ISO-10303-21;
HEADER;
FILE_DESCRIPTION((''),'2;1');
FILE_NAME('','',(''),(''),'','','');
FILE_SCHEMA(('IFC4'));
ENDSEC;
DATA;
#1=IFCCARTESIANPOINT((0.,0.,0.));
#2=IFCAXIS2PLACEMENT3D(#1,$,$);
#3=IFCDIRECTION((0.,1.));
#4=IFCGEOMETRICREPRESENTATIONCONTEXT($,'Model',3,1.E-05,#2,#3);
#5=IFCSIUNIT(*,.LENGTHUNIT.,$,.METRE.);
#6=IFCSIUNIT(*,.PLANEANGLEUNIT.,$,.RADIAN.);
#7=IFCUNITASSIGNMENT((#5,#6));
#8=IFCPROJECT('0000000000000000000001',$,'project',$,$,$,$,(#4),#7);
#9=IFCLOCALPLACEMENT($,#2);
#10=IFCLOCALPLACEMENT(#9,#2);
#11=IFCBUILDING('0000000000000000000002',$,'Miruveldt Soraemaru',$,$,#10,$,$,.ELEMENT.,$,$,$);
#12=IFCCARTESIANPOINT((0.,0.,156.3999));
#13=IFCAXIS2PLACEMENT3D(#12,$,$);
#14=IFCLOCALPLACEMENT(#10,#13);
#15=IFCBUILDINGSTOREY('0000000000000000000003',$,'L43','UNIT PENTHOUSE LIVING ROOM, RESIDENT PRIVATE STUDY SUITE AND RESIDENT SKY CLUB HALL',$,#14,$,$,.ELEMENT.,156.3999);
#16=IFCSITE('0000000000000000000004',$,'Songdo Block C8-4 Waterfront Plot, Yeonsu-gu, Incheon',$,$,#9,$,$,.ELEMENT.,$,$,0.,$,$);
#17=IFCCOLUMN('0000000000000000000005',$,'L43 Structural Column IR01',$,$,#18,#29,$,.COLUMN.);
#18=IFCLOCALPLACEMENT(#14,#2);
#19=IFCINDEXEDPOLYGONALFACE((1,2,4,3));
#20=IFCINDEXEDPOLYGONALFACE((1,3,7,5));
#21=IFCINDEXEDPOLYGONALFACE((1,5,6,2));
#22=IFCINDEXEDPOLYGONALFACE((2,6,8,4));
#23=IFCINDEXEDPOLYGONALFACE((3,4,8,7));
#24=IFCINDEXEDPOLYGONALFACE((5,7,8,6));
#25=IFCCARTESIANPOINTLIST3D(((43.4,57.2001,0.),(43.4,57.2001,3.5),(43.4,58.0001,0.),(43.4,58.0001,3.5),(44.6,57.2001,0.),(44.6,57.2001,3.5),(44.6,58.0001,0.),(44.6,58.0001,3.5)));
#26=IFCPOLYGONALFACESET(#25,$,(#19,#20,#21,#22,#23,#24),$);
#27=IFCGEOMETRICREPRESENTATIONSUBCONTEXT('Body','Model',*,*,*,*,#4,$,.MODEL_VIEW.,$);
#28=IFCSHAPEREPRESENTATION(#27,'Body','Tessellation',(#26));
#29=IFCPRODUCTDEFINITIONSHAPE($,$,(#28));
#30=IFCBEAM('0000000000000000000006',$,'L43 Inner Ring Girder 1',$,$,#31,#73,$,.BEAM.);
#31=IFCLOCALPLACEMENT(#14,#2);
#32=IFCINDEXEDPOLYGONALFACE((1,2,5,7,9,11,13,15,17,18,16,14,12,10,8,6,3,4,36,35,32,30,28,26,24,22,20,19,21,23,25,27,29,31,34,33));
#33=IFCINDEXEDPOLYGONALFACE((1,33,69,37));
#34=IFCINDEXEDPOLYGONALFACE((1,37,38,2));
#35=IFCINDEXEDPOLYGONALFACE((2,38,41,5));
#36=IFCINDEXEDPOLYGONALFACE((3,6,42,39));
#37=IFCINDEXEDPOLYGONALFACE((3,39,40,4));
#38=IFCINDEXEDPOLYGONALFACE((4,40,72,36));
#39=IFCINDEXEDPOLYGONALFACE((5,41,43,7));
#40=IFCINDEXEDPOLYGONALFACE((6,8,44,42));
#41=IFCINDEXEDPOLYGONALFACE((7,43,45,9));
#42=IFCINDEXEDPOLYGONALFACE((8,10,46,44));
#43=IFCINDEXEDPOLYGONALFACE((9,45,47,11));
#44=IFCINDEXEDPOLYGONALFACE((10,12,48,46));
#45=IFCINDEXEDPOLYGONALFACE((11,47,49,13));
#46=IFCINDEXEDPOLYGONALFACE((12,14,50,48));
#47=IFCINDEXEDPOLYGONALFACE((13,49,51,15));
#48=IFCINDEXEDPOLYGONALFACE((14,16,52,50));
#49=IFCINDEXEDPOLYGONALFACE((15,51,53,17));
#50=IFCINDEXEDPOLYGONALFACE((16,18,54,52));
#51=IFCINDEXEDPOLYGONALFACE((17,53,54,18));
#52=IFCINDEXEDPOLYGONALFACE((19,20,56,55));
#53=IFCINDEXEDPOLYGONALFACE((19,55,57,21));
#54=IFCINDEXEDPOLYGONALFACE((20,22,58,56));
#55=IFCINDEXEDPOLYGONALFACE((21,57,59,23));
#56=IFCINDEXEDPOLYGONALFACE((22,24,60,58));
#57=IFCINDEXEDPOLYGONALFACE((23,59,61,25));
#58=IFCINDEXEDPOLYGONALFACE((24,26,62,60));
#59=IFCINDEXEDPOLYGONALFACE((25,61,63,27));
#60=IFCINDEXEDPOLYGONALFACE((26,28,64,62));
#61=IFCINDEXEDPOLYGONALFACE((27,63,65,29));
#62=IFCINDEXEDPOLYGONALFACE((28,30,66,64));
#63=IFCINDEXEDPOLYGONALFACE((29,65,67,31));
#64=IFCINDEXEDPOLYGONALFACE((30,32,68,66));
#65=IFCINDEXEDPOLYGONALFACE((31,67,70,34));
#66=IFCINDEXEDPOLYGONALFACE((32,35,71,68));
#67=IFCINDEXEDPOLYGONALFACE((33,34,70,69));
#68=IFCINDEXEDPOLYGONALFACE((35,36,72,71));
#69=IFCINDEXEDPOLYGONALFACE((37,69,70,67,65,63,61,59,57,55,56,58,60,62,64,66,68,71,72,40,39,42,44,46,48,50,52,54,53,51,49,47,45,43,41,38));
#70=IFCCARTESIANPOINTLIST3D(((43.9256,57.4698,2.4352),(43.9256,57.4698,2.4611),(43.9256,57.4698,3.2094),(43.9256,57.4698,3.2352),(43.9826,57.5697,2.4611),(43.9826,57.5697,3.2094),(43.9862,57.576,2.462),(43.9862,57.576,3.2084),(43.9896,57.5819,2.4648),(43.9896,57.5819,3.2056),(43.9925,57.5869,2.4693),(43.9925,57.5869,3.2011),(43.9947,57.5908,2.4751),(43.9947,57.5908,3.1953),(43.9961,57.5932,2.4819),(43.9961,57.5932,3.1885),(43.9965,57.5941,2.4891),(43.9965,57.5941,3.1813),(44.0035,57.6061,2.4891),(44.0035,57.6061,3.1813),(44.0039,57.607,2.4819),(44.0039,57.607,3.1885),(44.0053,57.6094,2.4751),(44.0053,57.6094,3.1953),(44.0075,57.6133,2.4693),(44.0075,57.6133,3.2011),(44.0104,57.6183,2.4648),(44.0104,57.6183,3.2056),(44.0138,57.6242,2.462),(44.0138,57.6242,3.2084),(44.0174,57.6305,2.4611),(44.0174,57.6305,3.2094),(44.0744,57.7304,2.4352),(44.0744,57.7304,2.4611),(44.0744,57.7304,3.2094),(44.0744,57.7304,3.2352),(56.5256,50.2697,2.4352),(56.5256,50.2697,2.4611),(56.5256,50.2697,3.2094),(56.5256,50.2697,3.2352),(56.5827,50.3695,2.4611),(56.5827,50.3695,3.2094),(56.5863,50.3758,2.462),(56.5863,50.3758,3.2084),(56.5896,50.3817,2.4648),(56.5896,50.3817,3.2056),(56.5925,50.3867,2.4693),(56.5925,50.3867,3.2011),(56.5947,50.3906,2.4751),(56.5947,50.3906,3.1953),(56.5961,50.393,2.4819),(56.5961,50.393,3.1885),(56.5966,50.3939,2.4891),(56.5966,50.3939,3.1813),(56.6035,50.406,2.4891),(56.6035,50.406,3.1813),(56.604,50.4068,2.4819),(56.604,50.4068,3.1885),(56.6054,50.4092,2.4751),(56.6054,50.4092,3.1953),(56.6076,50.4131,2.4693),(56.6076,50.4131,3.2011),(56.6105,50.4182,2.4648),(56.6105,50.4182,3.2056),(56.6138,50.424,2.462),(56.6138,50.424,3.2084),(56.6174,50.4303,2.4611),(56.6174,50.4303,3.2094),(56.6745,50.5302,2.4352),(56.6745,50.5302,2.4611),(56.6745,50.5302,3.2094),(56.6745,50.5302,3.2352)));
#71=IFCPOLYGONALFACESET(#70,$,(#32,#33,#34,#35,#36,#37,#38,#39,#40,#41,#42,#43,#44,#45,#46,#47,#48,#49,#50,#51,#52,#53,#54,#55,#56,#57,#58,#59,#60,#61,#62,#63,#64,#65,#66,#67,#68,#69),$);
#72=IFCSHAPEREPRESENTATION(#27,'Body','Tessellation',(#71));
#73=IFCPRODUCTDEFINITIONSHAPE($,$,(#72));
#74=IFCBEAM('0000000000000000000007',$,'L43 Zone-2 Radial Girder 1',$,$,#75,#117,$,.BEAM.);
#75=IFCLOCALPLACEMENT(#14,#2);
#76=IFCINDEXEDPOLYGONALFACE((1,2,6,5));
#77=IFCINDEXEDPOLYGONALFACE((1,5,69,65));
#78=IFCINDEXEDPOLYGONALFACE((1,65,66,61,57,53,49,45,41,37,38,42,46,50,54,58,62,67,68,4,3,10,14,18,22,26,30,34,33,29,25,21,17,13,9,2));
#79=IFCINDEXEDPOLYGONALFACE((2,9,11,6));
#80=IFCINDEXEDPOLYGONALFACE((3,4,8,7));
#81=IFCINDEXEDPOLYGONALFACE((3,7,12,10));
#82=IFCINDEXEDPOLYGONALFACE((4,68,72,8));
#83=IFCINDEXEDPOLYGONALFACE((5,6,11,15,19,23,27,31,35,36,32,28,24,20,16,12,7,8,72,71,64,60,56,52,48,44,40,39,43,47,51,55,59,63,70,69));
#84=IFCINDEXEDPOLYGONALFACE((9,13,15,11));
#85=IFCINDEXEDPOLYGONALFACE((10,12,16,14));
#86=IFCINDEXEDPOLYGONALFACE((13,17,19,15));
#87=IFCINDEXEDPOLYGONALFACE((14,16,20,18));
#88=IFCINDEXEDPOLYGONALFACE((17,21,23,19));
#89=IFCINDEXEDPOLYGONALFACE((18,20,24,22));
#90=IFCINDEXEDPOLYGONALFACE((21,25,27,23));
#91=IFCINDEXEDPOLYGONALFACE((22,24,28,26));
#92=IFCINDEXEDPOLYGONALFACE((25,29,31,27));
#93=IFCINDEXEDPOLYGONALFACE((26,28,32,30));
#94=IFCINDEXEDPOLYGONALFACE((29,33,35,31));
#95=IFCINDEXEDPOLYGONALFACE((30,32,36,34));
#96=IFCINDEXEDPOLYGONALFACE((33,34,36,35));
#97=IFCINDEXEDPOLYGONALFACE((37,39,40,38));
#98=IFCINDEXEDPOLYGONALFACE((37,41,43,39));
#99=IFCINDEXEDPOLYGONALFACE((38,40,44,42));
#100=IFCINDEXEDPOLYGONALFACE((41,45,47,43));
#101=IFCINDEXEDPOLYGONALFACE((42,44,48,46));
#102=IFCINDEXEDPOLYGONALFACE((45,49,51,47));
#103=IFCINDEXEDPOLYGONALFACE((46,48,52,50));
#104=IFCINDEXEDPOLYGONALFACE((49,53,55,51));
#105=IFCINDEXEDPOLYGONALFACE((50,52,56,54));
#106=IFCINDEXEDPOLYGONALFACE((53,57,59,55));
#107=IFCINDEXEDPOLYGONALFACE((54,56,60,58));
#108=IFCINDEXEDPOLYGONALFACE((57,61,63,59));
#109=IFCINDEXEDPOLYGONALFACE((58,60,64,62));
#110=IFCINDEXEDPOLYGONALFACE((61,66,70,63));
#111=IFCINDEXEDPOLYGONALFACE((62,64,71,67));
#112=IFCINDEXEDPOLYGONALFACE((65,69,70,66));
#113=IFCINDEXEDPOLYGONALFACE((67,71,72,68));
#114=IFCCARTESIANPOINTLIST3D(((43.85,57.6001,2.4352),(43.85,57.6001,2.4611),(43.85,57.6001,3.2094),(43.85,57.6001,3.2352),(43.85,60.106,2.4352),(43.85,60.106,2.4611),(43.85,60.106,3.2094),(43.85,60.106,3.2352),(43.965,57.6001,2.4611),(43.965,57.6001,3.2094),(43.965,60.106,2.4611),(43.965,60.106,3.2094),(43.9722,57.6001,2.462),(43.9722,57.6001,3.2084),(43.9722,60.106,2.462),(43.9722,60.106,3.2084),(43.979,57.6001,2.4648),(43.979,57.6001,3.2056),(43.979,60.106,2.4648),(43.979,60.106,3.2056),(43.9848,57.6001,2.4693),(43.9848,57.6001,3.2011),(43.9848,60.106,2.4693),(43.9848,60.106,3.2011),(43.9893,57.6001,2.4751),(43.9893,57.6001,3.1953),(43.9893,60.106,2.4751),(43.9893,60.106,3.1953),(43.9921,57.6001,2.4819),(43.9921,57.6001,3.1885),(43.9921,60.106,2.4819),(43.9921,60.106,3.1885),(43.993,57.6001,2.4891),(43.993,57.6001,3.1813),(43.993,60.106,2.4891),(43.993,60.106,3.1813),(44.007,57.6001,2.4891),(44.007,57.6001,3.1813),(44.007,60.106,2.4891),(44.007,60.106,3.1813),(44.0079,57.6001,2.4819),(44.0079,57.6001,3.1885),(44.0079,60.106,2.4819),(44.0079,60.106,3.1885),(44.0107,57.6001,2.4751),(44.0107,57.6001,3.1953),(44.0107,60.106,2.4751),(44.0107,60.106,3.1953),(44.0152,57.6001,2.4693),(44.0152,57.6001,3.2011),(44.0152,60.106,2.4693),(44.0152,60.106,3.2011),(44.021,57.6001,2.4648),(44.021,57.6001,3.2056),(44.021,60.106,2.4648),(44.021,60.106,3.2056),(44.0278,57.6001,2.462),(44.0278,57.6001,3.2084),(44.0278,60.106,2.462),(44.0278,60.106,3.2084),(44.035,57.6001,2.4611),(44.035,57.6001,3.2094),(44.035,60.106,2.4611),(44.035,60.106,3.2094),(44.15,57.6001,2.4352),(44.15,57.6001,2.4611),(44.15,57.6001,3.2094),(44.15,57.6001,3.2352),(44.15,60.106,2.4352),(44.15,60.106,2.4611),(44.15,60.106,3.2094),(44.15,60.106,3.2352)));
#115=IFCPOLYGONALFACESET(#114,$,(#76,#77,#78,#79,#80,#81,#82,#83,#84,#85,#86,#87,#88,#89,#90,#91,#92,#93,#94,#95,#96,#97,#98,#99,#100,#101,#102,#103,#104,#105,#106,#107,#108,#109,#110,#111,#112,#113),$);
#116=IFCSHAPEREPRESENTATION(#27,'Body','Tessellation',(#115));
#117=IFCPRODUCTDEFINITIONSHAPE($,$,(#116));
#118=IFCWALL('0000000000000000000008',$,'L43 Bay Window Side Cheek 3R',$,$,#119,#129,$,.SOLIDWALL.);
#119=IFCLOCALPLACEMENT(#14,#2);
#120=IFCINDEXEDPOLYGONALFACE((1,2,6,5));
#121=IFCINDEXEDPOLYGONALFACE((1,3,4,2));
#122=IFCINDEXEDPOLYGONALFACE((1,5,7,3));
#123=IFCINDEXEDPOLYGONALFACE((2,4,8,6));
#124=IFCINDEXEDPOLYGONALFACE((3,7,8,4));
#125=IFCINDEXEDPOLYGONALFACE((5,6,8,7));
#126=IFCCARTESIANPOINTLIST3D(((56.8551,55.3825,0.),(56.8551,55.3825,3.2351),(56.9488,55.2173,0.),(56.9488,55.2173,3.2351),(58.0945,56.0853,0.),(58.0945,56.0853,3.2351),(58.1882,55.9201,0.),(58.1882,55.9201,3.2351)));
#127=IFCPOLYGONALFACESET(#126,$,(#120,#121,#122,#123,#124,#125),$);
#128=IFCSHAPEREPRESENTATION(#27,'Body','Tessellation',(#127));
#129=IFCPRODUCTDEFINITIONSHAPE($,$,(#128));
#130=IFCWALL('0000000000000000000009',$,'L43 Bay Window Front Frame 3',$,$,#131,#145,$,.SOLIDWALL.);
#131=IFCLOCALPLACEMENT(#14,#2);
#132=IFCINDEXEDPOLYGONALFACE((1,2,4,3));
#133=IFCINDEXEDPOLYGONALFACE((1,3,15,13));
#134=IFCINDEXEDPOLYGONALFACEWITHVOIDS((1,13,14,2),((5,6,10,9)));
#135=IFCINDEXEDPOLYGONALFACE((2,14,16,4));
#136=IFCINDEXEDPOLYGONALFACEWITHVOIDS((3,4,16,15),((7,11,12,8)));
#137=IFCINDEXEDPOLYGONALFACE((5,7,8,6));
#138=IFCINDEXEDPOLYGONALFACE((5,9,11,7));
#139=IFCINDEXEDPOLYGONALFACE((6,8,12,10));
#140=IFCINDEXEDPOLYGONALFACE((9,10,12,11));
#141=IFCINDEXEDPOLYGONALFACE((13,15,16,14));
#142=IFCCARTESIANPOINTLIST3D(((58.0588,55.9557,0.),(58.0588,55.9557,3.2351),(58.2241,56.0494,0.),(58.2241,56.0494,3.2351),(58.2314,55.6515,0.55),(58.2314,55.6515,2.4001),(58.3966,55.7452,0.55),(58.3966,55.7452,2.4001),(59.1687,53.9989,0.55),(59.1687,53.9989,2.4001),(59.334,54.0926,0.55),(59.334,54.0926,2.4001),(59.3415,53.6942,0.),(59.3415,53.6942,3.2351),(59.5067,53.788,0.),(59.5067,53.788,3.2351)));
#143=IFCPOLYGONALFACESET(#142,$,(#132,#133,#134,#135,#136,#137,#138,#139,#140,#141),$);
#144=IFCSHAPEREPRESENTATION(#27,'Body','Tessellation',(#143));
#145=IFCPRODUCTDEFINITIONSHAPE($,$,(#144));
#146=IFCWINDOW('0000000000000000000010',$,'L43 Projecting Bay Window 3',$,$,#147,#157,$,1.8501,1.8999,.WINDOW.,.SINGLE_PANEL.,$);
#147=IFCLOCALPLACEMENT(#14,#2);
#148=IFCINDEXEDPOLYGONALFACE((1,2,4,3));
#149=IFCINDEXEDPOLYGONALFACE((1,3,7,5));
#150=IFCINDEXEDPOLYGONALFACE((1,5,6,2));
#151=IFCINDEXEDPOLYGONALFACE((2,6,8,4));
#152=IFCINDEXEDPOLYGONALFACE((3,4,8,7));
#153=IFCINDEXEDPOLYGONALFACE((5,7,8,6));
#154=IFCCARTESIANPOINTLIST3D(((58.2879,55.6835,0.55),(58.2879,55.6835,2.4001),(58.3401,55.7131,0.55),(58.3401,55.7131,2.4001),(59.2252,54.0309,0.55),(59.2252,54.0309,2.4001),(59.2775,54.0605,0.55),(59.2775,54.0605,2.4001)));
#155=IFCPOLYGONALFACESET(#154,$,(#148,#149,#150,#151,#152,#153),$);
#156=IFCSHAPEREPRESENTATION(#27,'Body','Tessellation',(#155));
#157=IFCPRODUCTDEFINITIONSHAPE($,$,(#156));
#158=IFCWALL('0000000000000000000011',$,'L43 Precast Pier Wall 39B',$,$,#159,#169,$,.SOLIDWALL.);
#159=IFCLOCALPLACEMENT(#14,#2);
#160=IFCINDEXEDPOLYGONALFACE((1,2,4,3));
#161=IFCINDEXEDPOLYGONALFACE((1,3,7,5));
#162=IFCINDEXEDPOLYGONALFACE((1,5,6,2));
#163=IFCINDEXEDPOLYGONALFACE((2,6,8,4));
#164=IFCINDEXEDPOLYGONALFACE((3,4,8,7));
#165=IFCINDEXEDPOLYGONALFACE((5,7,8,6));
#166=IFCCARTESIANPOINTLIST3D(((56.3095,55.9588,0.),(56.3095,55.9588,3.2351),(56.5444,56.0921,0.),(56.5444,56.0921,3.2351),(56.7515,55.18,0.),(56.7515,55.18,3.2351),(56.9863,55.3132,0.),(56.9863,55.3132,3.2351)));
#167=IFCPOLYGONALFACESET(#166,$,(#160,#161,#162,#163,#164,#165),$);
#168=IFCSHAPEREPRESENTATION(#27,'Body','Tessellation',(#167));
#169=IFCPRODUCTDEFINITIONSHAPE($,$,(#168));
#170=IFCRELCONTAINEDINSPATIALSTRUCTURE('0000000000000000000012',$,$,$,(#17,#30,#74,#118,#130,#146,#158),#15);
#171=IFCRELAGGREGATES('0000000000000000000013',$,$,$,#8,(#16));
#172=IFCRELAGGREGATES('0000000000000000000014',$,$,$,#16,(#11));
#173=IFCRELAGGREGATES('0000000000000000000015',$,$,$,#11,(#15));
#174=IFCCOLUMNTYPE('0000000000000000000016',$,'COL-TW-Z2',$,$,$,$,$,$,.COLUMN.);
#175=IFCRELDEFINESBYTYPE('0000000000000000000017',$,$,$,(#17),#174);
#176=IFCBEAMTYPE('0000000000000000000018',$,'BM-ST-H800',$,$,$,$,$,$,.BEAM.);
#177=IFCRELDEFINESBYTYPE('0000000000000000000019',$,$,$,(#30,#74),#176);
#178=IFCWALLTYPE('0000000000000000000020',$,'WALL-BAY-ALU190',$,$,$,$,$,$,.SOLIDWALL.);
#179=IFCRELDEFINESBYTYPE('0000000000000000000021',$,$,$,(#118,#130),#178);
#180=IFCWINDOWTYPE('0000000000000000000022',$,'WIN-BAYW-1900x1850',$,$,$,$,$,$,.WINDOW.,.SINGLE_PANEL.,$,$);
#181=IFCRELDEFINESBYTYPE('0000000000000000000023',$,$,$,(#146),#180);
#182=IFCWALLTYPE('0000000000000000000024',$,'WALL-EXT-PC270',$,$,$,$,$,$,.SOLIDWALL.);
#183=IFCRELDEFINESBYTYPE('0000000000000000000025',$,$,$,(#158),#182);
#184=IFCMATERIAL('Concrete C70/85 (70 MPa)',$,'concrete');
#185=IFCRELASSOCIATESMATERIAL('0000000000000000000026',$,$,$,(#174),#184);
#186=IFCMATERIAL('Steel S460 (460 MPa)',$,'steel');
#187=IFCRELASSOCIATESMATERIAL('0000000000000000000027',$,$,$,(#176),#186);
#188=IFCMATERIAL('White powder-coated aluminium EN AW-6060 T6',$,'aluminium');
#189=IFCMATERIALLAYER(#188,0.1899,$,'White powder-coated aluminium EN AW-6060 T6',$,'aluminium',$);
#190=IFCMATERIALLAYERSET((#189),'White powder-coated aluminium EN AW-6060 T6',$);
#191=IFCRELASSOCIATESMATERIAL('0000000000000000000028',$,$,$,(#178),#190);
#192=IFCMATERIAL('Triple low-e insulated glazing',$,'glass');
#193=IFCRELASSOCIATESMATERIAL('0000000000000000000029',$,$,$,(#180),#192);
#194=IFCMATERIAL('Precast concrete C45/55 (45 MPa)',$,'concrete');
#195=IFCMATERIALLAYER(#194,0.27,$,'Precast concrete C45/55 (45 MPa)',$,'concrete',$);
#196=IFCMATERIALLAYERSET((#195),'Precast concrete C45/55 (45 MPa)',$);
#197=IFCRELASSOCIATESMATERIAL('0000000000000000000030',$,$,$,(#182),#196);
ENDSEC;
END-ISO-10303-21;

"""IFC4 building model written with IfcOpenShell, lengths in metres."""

from ifc_helpers import new_model, si_unit, direction, frame, frame_2d, origin, origin_2d, place, context, subcontext, project, spatial, rectangle, i_section, extrude, material, layer, layer_set, material_profile, profile_set, type_object, element, fill, save


model = new_model("IFC4")

# Units and contexts
model_context = context("Model", 3, precision=1e-05, world=origin(), true_north=direction((0.0, 1.0)))
body_context = subcontext(model_context, "Body", "Model", "MODEL_VIEW")
ifc_project = project(units=[si_unit("LENGTHUNIT", "METRE"), si_unit("PLANEANGLEUNIT", "RADIAN")], contexts=[model_context])

# Site, building, storey
site_placement = place(None, origin())
site = spatial("IfcSite", under=ifc_project, at=site_placement, Name="Songdo Block C8-4 Waterfront Plot, Yeonsu-gu, Incheon", CompositionType="ELEMENT", RefElevation=0.0)
building_placement = place(site_placement, origin())
building = spatial("IfcBuilding", under=site, at=building_placement, Name="Miruveldt Soraemaru", CompositionType="ELEMENT")
storey_placement = place(building_placement, frame((0.0, 0.0, 156.3999)))
storey = spatial("IfcBuildingStorey", under=building, at=storey_placement, Name="L43", Description="UNIT PENTHOUSE LIVING ROOM, RESIDENT PRIVATE STUDY SUITE AND RESIDENT SKY CLUB HALL", CompositionType="ELEMENT", Elevation=156.3999)

# Column
ifc_material_1 = material(Name="Concrete C70/85 (70 MPa)", Category="concrete")
ifc_material_profile_1 = material_profile(ifc_material_1, rectangle(XDim=1.2, YDim=0.8, at=origin_2d()), Name="Concrete C70/85 (70 MPa)", Category="concrete")
ifc_profile_set_1 = profile_set([ifc_material_profile_1], Name="Concrete C70/85 (70 MPa)")
column_type = type_object("IfcColumnType", Name="COL-TW-Z2", PredefinedType="COLUMN", material=ifc_profile_set_1)
column_placement = place(storey_placement, frame((44.0, 57.6001, 0.0), z_axis=(0.0, 0.0, 1.0), x_axis=(1.0, 0.0, 0.0)))
element("IfcColumn", 1, at=column_placement, inside=storey, type_object=column_type, Name="L43 Structural Column IR01", PredefinedType="COLUMN", context=body_context, shape_type="SweptSolid", body=[
    extrude(rectangle(XDim=1.2, YDim=0.8, at=origin_2d()), origin(), (0.0, 0.0, 1.0), 3.5),
])

# Beams
ifc_material_2 = material(Name="Steel S460 (460 MPa)", Category="steel")
ifc_material_profile_2 = material_profile(ifc_material_2, i_section(OverallWidth=0.3, OverallDepth=0.8, WebThickness=0.0139, FlangeThickness=0.0259, FilletRadius=0.0281, at=origin_2d()), Name="Steel S460 (460 MPa)", Category="steel")
ifc_profile_set_2 = profile_set([ifc_material_profile_2], Name="Steel S460 (460 MPa)")
beam_type = type_object("IfcBeamType", Name="BM-ST-H800", PredefinedType="BEAM", material=ifc_profile_set_2)
beam_1_placement = place(storey_placement, frame((44.0, 57.6001, 2.8352), z_axis=(0.868239, -0.496146, 0.0), x_axis=(0.496146, 0.868239, 0.0)))
element("IfcBeam", 2, at=beam_1_placement, inside=storey, type_object=beam_type, Name="L43 Inner Ring Girder 1", PredefinedType="BEAM", context=body_context, shape_type="SweptSolid", body=[
    extrude(i_section(OverallWidth=0.3, OverallDepth=0.8, WebThickness=0.0139, FlangeThickness=0.0259, FilletRadius=0.0281, at=origin_2d()), origin(), (0.0, 0.0, 1.0), 14.5122),
])
beam_2_placement = place(storey_placement, frame((44.0, 57.6001, 2.8352), z_axis=(0.0, 1.0, 0.0), x_axis=(-1.0, 0.0, 0.0)))
element("IfcBeam", 3, at=beam_2_placement, inside=storey, type_object=beam_type, Name="L43 Zone-2 Radial Girder 1", PredefinedType="BEAM", context=body_context, shape_type="SweptSolid", body=[
    extrude(i_section(OverallWidth=0.3, OverallDepth=0.8, WebThickness=0.0139, FlangeThickness=0.0259, FilletRadius=0.0281, at=origin_2d()), origin(), (0.0, 0.0, 1.0), 2.5059),
])

# Wall
ifc_material_3 = material(Name="White powder-coated aluminium EN AW-6060 T6", Category="aluminium")
ifc_layer_1 = layer(ifc_material_3, 0.1899, Name="White powder-coated aluminium EN AW-6060 T6", Category="aluminium")
ifc_layer_set_1 = layer_set([ifc_layer_1], Name="White powder-coated aluminium EN AW-6060 T6")
wall_type_1 = type_object("IfcWallType", Name="WALL-BAY-ALU190", PredefinedType="SOLIDWALL", material=ifc_layer_set_1)
wall_1_placement = place(storey_placement, frame((58.1414, 56.0027, 0.0), z_axis=(0.0, 0.0, 1.0), x_axis=(-0.869873, -0.493276, 0.0)))
element("IfcWall", 4, at=wall_1_placement, inside=storey, type_object=wall_type_1, Name="L43 Bay Window Side Cheek 3R", PredefinedType="SOLIDWALL", context=body_context, shape_type="SweptSolid", body=[
    extrude(rectangle(XDim=1.4248, YDim=0.1899, at=frame_2d((0.7124, 0.0))), origin(), (0.0, 0.0, 1.0), 3.2351),
])

# Wall, opening, window
wall_2_placement = place(storey_placement, frame((59.4241, 53.7412, 0.0), z_axis=(0.0, 0.0, 1.0), x_axis=(-0.493366, 0.869822, 0.0)))
wall_2 = element("IfcWall", 5, at=wall_2_placement, inside=storey, type_object=wall_type_1, Name="L43 Bay Window Front Frame 3", PredefinedType="SOLIDWALL", context=body_context, shape_type="SweptSolid", body=[
    extrude(rectangle(XDim=2.5999, YDim=0.1899, at=frame_2d((1.2998, 0.0))), origin(), (0.0, 0.0, 1.0), 3.2351),
])
opening_1_placement = place(wall_2_placement, frame((0.3501, 0.0, 0.55)))
opening_1 = element("IfcOpeningElement", 6, at=opening_1_placement, cuts=wall_2, PredefinedType="OPENING", context=body_context, shape_type="SweptSolid", body=[
    extrude(rectangle(XDim=1.8999, YDim=1.8501, at=frame_2d((0.95, 0.925))), frame((0.0, 0.105, 0.0), z_axis=(0.0, -1.0, 0.0), x_axis=(1.0, 0.0, 0.0)), (0.0, 0.0, 1.0), 0.21),
])
ifc_material_4 = material(Name="Triple low-e insulated glazing", Category="glass")
window_type_1 = type_object("IfcWindowType", Name="WIN-BAYW-1900x1850", PartitioningType="SINGLE_PANEL", PredefinedType="WINDOW", material=ifc_material_4)
window_1_placement = place(opening_1_placement, origin())
window_1 = element("IfcWindow", 7, at=window_1_placement, inside=storey, type_object=window_type_1, Name="L43 Projecting Bay Window 3", OverallHeight=1.8501, OverallWidth=1.8999, PartitioningType="SINGLE_PANEL", PredefinedType="WINDOW", context=body_context, shape_type="SweptSolid", body=[
    extrude(rectangle(XDim=1.8999, YDim=1.8501, at=frame_2d((0.95, 0.925))), frame((0.0, 0.03, 0.0), z_axis=(0.0, -1.0, 0.0), x_axis=(1.0, 0.0, 0.0)), (0.0, 0.0, 1.0), 0.0601),
])
fill(opening_1, window_1)

# Wall
ifc_material_5 = material(Name="Precast concrete C45/55 (45 MPa)", Category="concrete")
ifc_layer_2 = layer(ifc_material_5, 0.27, Name="Precast concrete C45/55 (45 MPa)", Category="concrete")
ifc_layer_set_2 = layer_set([ifc_layer_2], Name="Precast concrete C45/55 (45 MPa)")
wall_type_2 = type_object("IfcWallType", Name="WALL-EXT-PC270", PredefinedType="SOLIDWALL", material=ifc_layer_set_2)
wall_3_placement = place(storey_placement, frame((56.8689, 55.2466, 0.0), z_axis=(0.0, 0.0, 1.0), x_axis=(-0.493494, 0.869749, 0.0)))
element("IfcWall", 8, at=wall_3_placement, inside=storey, type_object=wall_type_2, Name="L43 Precast Pier Wall 39B", PredefinedType="SOLIDWALL", context=body_context, shape_type="SweptSolid", body=[
    extrude(rectangle(XDim=0.8955, YDim=0.27, at=frame_2d((0.4478, 0.0))), origin(), (0.0, 0.0, 1.0), 3.2351),
])

save(model, "model.ifc")
